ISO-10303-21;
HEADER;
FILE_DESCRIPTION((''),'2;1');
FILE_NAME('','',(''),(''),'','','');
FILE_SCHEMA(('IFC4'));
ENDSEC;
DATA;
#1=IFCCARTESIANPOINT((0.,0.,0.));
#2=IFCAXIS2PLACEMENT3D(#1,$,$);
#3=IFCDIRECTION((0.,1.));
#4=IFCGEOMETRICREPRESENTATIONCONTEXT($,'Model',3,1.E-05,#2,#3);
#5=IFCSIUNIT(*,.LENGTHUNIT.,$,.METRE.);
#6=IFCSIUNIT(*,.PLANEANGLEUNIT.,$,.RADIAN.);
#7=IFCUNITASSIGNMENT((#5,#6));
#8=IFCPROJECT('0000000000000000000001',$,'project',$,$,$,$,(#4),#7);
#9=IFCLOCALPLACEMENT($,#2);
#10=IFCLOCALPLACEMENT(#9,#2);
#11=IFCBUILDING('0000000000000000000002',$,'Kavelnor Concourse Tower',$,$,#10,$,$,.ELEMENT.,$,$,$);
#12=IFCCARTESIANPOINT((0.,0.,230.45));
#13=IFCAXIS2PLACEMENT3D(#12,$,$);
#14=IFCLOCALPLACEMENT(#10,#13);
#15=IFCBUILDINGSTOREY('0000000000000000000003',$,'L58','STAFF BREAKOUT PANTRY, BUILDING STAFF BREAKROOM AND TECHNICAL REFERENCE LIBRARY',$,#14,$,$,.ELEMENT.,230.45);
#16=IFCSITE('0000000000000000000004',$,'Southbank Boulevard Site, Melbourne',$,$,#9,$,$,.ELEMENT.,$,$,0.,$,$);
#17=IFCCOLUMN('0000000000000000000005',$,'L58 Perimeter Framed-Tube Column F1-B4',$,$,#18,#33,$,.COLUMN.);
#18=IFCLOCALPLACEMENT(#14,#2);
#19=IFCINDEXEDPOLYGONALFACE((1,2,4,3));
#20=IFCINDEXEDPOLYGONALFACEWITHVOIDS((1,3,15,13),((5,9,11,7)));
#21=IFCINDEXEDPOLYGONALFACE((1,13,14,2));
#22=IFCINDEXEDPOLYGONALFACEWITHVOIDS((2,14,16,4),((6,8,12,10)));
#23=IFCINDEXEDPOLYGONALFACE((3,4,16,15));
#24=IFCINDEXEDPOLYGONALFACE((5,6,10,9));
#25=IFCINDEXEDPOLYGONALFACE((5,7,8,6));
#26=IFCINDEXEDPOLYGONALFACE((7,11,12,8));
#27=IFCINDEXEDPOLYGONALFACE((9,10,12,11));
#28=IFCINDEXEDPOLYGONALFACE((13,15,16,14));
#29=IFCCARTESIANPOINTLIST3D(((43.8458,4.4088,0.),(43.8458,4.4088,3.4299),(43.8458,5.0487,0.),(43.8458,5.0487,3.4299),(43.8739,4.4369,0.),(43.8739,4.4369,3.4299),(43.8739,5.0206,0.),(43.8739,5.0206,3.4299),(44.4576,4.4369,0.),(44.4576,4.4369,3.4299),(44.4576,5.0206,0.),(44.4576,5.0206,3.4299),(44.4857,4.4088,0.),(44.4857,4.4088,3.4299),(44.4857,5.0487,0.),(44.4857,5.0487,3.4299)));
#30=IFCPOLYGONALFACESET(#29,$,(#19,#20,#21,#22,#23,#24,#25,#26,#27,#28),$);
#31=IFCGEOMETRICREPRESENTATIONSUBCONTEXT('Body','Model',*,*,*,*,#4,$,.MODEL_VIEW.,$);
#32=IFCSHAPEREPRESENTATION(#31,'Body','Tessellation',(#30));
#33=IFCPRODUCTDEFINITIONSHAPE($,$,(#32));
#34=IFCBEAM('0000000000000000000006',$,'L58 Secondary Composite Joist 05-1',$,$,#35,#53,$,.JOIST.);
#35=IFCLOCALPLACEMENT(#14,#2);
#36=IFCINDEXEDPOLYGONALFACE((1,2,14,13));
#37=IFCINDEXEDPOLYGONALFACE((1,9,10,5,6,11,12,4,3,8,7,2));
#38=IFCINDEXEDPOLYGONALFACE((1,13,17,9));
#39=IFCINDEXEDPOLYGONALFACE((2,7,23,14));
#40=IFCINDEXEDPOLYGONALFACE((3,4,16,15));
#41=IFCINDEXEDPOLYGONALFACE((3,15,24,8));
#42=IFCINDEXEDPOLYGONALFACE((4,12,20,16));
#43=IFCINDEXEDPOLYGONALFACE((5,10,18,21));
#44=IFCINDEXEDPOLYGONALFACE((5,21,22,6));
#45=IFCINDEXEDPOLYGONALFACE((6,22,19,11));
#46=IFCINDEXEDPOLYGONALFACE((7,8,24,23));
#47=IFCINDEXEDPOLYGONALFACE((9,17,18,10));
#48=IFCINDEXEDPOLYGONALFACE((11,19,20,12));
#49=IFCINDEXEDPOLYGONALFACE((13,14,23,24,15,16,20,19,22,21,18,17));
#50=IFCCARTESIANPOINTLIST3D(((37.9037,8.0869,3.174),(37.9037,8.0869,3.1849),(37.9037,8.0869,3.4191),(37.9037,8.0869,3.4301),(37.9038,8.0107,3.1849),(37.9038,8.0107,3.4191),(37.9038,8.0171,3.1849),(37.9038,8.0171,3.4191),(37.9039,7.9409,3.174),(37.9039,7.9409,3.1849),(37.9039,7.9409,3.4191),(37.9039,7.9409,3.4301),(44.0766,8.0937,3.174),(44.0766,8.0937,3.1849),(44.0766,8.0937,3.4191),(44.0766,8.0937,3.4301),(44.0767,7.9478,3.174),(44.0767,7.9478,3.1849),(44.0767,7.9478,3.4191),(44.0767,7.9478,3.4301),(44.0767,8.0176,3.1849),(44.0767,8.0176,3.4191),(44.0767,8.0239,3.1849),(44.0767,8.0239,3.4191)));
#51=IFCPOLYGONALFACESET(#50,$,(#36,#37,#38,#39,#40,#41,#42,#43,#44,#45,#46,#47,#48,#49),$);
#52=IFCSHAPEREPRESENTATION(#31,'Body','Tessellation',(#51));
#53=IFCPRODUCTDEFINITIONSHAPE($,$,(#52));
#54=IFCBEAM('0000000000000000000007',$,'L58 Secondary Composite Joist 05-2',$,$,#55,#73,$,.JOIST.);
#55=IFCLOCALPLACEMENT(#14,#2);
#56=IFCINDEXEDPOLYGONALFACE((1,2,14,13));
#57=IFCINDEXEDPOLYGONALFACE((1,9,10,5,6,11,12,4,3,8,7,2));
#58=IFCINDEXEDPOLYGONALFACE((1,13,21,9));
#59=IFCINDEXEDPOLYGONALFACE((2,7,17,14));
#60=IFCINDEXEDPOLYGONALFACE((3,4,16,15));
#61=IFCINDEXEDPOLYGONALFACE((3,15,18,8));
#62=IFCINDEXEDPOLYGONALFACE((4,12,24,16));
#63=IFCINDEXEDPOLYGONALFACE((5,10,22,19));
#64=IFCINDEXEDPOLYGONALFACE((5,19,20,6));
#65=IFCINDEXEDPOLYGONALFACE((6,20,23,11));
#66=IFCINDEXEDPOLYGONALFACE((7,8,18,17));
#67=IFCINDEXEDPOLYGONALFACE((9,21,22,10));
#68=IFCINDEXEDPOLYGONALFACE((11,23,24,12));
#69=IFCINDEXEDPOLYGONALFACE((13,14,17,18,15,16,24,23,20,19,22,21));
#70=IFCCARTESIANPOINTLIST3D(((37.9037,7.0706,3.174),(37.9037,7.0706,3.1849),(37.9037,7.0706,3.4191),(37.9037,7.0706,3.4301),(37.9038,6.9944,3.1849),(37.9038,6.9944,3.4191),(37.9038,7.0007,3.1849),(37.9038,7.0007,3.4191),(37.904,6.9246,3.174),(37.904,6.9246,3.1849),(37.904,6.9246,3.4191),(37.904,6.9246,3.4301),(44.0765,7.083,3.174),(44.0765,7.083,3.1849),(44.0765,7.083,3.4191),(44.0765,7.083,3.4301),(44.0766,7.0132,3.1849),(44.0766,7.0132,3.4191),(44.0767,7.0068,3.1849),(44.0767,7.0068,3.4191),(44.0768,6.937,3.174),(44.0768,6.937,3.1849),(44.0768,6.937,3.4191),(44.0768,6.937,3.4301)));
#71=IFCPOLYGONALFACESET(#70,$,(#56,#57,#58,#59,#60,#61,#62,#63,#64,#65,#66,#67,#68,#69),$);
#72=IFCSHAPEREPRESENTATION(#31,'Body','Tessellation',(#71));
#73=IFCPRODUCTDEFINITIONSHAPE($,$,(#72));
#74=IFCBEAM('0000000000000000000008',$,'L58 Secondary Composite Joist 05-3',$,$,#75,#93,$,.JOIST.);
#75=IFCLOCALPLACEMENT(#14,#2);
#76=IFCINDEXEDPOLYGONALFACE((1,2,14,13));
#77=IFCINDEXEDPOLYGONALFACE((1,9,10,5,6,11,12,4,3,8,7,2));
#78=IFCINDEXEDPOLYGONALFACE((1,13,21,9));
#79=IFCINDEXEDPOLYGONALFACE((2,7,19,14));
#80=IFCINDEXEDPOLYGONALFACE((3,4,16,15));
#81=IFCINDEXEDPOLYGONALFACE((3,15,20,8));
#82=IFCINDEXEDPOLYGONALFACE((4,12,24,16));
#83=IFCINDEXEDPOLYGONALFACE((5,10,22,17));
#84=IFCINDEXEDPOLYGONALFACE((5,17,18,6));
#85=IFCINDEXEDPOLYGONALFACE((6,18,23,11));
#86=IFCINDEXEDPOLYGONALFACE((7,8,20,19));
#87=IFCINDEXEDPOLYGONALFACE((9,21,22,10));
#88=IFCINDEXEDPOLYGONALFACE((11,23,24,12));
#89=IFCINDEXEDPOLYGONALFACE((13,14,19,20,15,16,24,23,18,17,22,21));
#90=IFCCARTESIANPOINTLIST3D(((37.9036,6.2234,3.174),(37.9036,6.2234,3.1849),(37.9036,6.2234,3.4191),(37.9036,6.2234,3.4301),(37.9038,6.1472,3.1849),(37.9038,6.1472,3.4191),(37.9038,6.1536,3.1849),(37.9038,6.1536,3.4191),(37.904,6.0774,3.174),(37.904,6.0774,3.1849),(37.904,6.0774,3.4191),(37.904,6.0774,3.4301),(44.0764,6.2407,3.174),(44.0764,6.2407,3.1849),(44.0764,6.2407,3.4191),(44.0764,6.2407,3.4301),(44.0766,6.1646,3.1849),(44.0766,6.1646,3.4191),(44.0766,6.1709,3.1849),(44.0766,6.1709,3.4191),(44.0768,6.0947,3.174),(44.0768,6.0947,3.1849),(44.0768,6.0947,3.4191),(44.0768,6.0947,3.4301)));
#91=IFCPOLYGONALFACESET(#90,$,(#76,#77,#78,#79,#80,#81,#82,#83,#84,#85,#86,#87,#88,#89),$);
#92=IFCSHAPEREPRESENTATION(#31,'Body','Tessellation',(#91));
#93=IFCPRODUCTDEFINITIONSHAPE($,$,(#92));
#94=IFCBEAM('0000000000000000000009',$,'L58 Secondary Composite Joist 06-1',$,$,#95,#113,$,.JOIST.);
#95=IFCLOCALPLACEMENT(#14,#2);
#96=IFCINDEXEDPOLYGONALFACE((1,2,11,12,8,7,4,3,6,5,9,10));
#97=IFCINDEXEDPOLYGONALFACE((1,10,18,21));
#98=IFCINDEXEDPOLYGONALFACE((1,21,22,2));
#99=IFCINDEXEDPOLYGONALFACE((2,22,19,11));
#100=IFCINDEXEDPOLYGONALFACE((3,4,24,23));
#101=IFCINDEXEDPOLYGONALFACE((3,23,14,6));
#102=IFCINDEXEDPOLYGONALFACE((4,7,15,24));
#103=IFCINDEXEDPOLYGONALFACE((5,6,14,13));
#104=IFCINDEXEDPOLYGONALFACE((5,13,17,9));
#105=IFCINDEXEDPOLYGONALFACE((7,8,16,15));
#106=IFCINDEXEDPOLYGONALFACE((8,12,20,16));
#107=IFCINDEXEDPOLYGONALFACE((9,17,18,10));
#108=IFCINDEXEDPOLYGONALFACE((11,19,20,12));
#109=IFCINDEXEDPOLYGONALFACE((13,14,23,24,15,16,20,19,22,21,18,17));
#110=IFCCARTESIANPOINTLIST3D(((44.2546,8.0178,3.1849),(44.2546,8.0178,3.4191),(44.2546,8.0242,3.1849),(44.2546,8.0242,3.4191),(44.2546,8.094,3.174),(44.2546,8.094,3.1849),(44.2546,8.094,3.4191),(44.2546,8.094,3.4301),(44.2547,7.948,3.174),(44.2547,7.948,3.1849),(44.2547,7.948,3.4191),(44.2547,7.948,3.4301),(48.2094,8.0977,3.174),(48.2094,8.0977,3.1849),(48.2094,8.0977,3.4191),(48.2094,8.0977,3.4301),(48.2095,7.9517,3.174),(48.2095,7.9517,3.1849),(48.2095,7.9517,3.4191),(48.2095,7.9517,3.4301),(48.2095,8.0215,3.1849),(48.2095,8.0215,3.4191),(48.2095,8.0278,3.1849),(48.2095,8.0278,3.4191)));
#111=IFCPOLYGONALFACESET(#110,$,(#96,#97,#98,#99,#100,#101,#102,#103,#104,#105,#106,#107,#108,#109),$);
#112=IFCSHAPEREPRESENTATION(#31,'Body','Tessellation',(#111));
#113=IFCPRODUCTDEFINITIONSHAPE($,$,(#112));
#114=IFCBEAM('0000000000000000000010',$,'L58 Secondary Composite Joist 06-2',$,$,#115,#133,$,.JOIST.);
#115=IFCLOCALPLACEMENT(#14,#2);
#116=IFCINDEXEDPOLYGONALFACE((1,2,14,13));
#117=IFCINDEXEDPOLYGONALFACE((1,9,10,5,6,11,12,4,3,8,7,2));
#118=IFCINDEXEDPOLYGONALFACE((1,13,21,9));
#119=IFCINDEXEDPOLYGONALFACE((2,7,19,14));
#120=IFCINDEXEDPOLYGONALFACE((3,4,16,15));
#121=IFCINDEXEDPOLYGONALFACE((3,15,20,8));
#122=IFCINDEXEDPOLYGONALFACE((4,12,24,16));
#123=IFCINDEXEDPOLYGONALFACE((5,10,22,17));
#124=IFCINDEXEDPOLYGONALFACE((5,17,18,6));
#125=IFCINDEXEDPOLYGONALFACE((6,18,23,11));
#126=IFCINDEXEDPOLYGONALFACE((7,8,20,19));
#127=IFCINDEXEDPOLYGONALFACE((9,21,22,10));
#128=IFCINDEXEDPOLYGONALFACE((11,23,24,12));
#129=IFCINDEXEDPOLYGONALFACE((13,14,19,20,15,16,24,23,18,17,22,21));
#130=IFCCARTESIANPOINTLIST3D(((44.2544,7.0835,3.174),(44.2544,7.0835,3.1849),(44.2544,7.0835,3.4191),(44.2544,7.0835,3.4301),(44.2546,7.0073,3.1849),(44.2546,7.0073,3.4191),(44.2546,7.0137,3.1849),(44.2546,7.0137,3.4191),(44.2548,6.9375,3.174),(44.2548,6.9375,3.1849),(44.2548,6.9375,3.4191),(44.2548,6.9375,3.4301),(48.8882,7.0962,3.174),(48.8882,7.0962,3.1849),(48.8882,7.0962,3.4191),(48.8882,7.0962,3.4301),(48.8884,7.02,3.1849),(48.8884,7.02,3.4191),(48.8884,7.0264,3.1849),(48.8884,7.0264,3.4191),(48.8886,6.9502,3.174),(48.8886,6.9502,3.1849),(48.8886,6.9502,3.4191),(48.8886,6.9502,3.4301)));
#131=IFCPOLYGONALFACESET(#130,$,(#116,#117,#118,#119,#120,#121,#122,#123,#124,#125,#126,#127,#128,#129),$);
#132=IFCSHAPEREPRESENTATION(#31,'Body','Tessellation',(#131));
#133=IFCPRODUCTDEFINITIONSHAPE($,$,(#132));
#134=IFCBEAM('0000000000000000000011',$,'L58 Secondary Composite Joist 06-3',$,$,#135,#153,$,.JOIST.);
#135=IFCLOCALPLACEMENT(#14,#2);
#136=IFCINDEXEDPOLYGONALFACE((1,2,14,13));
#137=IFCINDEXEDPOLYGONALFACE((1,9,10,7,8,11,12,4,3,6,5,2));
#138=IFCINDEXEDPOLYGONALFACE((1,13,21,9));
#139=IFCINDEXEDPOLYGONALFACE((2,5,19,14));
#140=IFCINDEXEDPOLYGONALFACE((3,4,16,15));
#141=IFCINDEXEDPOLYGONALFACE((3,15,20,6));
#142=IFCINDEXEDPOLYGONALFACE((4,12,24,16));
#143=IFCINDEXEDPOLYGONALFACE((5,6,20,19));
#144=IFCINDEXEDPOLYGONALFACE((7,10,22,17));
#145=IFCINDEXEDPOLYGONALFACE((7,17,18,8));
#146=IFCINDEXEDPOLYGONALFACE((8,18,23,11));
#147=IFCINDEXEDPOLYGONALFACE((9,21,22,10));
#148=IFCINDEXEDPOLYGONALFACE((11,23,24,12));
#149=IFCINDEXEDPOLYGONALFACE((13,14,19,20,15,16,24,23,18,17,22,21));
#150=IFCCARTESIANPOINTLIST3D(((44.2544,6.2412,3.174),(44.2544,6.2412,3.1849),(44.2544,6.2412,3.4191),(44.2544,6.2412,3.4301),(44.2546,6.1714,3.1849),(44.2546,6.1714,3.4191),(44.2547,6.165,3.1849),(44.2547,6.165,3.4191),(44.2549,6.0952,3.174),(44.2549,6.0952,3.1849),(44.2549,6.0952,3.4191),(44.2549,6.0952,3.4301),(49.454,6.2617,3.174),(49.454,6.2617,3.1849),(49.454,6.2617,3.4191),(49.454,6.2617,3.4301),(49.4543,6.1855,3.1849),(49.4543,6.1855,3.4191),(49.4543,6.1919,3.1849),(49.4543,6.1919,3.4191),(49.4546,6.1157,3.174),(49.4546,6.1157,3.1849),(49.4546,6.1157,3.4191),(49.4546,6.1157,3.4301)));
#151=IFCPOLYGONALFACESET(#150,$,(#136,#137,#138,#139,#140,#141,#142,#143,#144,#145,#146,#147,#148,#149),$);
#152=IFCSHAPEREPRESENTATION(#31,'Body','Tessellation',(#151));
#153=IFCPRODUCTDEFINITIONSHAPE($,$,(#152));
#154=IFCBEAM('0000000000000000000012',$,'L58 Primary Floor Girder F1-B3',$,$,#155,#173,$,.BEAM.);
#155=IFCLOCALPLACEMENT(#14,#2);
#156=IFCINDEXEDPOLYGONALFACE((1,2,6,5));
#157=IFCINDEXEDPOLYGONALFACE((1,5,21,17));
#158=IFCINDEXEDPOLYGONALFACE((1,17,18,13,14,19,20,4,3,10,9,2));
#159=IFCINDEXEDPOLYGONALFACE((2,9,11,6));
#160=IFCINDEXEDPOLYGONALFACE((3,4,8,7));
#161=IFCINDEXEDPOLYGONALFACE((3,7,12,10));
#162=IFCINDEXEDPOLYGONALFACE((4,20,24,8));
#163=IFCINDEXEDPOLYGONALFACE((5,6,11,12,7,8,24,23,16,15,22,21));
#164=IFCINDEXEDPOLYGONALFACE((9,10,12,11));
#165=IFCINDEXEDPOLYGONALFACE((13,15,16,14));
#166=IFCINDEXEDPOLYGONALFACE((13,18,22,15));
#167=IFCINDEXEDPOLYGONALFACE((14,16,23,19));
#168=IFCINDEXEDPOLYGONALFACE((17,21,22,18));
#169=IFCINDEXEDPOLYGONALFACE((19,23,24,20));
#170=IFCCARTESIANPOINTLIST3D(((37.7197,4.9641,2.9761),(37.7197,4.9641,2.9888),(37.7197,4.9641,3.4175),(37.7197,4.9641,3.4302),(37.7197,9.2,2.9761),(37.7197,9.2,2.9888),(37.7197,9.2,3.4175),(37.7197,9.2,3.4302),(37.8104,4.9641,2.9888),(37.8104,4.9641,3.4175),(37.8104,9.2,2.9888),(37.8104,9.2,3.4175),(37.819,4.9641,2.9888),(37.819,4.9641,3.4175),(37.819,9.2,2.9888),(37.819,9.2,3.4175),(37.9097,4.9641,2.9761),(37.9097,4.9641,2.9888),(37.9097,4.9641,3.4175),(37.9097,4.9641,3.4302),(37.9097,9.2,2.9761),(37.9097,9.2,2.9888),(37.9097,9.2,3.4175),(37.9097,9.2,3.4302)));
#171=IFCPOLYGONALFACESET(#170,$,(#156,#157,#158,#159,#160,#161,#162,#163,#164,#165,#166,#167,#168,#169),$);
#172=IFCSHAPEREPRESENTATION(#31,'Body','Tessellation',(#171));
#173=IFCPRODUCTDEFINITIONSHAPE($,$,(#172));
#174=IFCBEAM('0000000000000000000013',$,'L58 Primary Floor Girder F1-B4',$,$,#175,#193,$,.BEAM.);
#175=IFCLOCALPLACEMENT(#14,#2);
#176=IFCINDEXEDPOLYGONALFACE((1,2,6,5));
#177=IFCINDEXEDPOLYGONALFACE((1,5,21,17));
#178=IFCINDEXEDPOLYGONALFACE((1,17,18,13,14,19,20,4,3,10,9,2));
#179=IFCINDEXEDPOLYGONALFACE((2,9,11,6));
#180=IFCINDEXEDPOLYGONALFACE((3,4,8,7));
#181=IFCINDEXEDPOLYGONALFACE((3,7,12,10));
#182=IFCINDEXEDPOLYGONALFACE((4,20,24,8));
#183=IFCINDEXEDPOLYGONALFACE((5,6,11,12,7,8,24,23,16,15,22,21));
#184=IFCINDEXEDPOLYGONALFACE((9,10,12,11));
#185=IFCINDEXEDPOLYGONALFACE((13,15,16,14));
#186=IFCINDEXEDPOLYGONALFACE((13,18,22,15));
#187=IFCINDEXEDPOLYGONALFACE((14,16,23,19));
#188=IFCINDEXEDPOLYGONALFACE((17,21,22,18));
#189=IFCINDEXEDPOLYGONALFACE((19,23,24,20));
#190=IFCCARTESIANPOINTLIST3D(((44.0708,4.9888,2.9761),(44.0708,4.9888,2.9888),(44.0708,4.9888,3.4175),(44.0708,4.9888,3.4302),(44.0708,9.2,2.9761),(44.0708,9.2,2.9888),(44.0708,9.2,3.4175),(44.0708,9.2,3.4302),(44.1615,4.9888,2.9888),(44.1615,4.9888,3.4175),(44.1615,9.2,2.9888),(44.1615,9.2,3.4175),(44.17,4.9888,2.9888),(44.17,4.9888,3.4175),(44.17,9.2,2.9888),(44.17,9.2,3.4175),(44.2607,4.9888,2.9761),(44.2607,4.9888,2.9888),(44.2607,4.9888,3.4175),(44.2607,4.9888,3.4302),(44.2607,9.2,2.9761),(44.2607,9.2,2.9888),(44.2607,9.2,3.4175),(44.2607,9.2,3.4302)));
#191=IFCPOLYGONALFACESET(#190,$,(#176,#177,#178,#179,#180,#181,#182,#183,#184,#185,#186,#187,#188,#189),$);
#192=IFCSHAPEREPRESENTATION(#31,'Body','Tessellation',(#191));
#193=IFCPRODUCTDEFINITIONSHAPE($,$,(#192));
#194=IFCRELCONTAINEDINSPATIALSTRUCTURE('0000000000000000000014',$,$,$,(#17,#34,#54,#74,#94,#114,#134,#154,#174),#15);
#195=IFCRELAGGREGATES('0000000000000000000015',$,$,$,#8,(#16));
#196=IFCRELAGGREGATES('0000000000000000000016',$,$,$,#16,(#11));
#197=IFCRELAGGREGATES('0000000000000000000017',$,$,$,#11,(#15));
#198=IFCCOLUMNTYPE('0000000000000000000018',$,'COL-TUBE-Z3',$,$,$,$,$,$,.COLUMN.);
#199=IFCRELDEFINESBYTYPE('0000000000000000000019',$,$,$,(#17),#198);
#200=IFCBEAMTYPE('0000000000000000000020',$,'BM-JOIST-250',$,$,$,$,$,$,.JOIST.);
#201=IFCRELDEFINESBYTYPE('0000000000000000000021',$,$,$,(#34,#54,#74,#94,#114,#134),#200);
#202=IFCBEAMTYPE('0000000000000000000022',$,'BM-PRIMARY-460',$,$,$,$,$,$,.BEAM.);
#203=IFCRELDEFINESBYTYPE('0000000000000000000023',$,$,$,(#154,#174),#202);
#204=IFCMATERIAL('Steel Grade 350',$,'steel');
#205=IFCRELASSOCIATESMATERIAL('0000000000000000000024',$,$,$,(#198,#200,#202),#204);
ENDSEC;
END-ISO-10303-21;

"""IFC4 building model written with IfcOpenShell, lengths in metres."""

from ifc_helpers import new_model, si_unit, direction, frame, origin, origin_2d, place, context, subcontext, project, spatial, hollow_rectangle, i_section, extrude, material, material_profile, profile_set, type_object, element, save


model = new_model("IFC4")

# Units and contexts
model_context = context("Model", 3, precision=1e-05, world=origin(), true_north=direction((0.0, 1.0)))
body_context = subcontext(model_context, "Body", "Model", "MODEL_VIEW")
ifc_project = project(units=[si_unit("LENGTHUNIT", "METRE"), si_unit("PLANEANGLEUNIT", "RADIAN")], contexts=[model_context])

# Site, building, storey
site_placement = place(None, origin())
site = spatial("IfcSite", under=ifc_project, at=site_placement, Name="Southbank Boulevard Site, Melbourne", CompositionType="ELEMENT", RefElevation=0.0)
building_placement = place(site_placement, origin())
building = spatial("IfcBuilding", under=site, at=building_placement, Name="Kavelnor Concourse Tower", CompositionType="ELEMENT")
storey_placement = place(building_placement, frame((0.0, 0.0, 230.45)))
storey = spatial("IfcBuildingStorey", under=building, at=storey_placement, Name="L58", Description="STAFF BREAKOUT PANTRY, BUILDING STAFF BREAKROOM AND TECHNICAL REFERENCE LIBRARY", CompositionType="ELEMENT", Elevation=230.45)

# Column
ifc_material_1 = material(Name="Steel Grade 350", Category="steel")
ifc_material_profile_1 = material_profile(ifc_material_1, hollow_rectangle(XDim=0.6399, YDim=0.6399, WallThickness=0.0281, at=origin_2d()), Name="SHS 640x640x28")
ifc_profile_set_1 = profile_set([ifc_material_profile_1], Name="Steel Grade 350")
column_type = type_object("IfcColumnType", Name="COL-TUBE-Z3", PredefinedType="COLUMN", material=ifc_profile_set_1)
column_placement = place(storey_placement, frame((44.1658, 4.7288, 0.0), z_axis=(0.0, 0.0, 1.0), x_axis=(1.0, 0.0, 0.0)))
element("IfcColumn", 1, at=column_placement, inside=storey, type_object=column_type, Name="L58 Perimeter Framed-Tube Column F1-B4", PredefinedType="COLUMN", context=body_context, shape_type="SweptSolid", body=[
    extrude(hollow_rectangle(XDim=0.6399, YDim=0.6399, WallThickness=0.0281, at=origin_2d()), origin(), (0.0, 0.0, 1.0), 3.4299),
])

# Beams
ifc_material_profile_2 = material_profile(ifc_material_1, i_section(OverallWidth=0.146, OverallDepth=0.2561, WebThickness=0.0063, FlangeThickness=0.011, at=origin_2d()), Name="250UB37")
ifc_profile_set_2 = profile_set([ifc_material_profile_2], Name="Steel Grade 350")
beam_type_1 = type_object("IfcBeamType", Name="BM-JOIST-250", PredefinedType="JOIST", material=ifc_profile_set_2)
for number, where, z_axis, x_axis, name in (
    (2, (37.9038, 8.0139, 3.302), (0.999999, 0.001107, 0.0), (-0.001107, 0.999999, 0.0), "L58 Secondary Composite Joist 05-1"),
    (3, (37.9038, 6.9976, 3.302), (0.999998, 0.002017, 0.0), (-0.002017, 0.999998, 0.0), "L58 Secondary Composite Joist 05-2"),
    (4, (37.9038, 6.1504, 3.302), (0.999996, 0.002808, 0.0), (-0.002808, 0.999996, 0.0), "L58 Secondary Composite Joist 05-3"),
):
    element("IfcBeam", number, at=place(storey_placement, frame(where, z_axis=z_axis, x_axis=x_axis)), inside=storey, type_object=beam_type_1, Name=name, PredefinedType="JOIST", context=body_context, shape_type="SweptSolid", body=[
        extrude(i_section(OverallWidth=0.146, OverallDepth=0.2561, WebThickness=0.0063, FlangeThickness=0.011, at=origin_2d()), origin(), (0.0, 0.0, 1.0), 6.1729),
    ])
beam_1_placement = place(storey_placement, frame((44.2546, 8.021, 3.302), z_axis=(1.0, 0.000926, 0.0), x_axis=(-0.000926, 1.0, 0.0)))
element("IfcBeam", 5, at=beam_1_placement, inside=storey, type_object=beam_type_1, Name="L58 Secondary Composite Joist 06-1", PredefinedType="JOIST", context=body_context, shape_type="SweptSolid", body=[
    extrude(i_section(OverallWidth=0.146, OverallDepth=0.2561, WebThickness=0.0063, FlangeThickness=0.011, at=origin_2d()), origin(), (0.0, 0.0, 1.0), 3.9548),
])
beam_2_placement = place(storey_placement, frame((44.2546, 7.0105, 3.302), z_axis=(0.999996, 0.00274, 0.0), x_axis=(-0.00274, 0.999996, 0.0)))
element("IfcBeam", 6, at=beam_2_placement, inside=storey, type_object=beam_type_1, Name="L58 Secondary Composite Joist 06-2", PredefinedType="JOIST", context=body_context, shape_type="SweptSolid", body=[
    extrude(i_section(OverallWidth=0.146, OverallDepth=0.2561, WebThickness=0.0063, FlangeThickness=0.011, at=origin_2d()), origin(), (0.0, 0.0, 1.0), 4.6338),
])
beam_3_placement = place(storey_placement, frame((44.2546, 6.1682, 3.302), z_axis=(0.999992, 0.003944, 0.0), x_axis=(-0.003944, 0.999992, 0.0)))
element("IfcBeam", 7, at=beam_3_placement, inside=storey, type_object=beam_type_1, Name="L58 Secondary Composite Joist 06-3", PredefinedType="JOIST", context=body_context, shape_type="SweptSolid", body=[
    extrude(i_section(OverallWidth=0.146, OverallDepth=0.2561, WebThickness=0.0063, FlangeThickness=0.011, at=origin_2d()), origin(), (0.0, 0.0, 1.0), 5.1997),
])
ifc_material_profile_3 = material_profile(ifc_material_1, i_section(OverallWidth=0.1899, OverallDepth=0.4541, WebThickness=0.0085, FlangeThickness=0.0127, at=origin_2d()), Name="460UB67")
ifc_profile_set_3 = profile_set([ifc_material_profile_3], Name="Steel Grade 350")
beam_type_2 = type_object("IfcBeamType", Name="BM-PRIMARY-460", PredefinedType="BEAM", material=ifc_profile_set_3)
beam_4_placement = place(storey_placement, frame((37.8147, 9.2, 3.2031), z_axis=(0.0, -1.0, 0.0), x_axis=(1.0, 0.0, 0.0)))
element("IfcBeam", 8, at=beam_4_placement, inside=storey, type_object=beam_type_2, Name="L58 Primary Floor Girder F1-B3", PredefinedType="BEAM", context=body_context, shape_type="SweptSolid", body=[
    extrude(i_section(OverallWidth=0.1899, OverallDepth=0.4541, WebThickness=0.0085, FlangeThickness=0.0127, at=origin_2d()), origin(), (0.0, 0.0, 1.0), 4.2358),
])
beam_5_placement = place(storey_placement, frame((44.1658, 9.2, 3.2031), z_axis=(0.0, -1.0, 0.0), x_axis=(1.0, 0.0, 0.0)))
element("IfcBeam", 9, at=beam_5_placement, inside=storey, type_object=beam_type_2, Name="L58 Primary Floor Girder F1-B4", PredefinedType="BEAM", context=body_context, shape_type="SweptSolid", body=[
    extrude(i_section(OverallWidth=0.1899, OverallDepth=0.4541, WebThickness=0.0085, FlangeThickness=0.0127, at=origin_2d()), origin(), (0.0, 0.0, 1.0), 4.2112),
])

save(model, "model.ifc")
